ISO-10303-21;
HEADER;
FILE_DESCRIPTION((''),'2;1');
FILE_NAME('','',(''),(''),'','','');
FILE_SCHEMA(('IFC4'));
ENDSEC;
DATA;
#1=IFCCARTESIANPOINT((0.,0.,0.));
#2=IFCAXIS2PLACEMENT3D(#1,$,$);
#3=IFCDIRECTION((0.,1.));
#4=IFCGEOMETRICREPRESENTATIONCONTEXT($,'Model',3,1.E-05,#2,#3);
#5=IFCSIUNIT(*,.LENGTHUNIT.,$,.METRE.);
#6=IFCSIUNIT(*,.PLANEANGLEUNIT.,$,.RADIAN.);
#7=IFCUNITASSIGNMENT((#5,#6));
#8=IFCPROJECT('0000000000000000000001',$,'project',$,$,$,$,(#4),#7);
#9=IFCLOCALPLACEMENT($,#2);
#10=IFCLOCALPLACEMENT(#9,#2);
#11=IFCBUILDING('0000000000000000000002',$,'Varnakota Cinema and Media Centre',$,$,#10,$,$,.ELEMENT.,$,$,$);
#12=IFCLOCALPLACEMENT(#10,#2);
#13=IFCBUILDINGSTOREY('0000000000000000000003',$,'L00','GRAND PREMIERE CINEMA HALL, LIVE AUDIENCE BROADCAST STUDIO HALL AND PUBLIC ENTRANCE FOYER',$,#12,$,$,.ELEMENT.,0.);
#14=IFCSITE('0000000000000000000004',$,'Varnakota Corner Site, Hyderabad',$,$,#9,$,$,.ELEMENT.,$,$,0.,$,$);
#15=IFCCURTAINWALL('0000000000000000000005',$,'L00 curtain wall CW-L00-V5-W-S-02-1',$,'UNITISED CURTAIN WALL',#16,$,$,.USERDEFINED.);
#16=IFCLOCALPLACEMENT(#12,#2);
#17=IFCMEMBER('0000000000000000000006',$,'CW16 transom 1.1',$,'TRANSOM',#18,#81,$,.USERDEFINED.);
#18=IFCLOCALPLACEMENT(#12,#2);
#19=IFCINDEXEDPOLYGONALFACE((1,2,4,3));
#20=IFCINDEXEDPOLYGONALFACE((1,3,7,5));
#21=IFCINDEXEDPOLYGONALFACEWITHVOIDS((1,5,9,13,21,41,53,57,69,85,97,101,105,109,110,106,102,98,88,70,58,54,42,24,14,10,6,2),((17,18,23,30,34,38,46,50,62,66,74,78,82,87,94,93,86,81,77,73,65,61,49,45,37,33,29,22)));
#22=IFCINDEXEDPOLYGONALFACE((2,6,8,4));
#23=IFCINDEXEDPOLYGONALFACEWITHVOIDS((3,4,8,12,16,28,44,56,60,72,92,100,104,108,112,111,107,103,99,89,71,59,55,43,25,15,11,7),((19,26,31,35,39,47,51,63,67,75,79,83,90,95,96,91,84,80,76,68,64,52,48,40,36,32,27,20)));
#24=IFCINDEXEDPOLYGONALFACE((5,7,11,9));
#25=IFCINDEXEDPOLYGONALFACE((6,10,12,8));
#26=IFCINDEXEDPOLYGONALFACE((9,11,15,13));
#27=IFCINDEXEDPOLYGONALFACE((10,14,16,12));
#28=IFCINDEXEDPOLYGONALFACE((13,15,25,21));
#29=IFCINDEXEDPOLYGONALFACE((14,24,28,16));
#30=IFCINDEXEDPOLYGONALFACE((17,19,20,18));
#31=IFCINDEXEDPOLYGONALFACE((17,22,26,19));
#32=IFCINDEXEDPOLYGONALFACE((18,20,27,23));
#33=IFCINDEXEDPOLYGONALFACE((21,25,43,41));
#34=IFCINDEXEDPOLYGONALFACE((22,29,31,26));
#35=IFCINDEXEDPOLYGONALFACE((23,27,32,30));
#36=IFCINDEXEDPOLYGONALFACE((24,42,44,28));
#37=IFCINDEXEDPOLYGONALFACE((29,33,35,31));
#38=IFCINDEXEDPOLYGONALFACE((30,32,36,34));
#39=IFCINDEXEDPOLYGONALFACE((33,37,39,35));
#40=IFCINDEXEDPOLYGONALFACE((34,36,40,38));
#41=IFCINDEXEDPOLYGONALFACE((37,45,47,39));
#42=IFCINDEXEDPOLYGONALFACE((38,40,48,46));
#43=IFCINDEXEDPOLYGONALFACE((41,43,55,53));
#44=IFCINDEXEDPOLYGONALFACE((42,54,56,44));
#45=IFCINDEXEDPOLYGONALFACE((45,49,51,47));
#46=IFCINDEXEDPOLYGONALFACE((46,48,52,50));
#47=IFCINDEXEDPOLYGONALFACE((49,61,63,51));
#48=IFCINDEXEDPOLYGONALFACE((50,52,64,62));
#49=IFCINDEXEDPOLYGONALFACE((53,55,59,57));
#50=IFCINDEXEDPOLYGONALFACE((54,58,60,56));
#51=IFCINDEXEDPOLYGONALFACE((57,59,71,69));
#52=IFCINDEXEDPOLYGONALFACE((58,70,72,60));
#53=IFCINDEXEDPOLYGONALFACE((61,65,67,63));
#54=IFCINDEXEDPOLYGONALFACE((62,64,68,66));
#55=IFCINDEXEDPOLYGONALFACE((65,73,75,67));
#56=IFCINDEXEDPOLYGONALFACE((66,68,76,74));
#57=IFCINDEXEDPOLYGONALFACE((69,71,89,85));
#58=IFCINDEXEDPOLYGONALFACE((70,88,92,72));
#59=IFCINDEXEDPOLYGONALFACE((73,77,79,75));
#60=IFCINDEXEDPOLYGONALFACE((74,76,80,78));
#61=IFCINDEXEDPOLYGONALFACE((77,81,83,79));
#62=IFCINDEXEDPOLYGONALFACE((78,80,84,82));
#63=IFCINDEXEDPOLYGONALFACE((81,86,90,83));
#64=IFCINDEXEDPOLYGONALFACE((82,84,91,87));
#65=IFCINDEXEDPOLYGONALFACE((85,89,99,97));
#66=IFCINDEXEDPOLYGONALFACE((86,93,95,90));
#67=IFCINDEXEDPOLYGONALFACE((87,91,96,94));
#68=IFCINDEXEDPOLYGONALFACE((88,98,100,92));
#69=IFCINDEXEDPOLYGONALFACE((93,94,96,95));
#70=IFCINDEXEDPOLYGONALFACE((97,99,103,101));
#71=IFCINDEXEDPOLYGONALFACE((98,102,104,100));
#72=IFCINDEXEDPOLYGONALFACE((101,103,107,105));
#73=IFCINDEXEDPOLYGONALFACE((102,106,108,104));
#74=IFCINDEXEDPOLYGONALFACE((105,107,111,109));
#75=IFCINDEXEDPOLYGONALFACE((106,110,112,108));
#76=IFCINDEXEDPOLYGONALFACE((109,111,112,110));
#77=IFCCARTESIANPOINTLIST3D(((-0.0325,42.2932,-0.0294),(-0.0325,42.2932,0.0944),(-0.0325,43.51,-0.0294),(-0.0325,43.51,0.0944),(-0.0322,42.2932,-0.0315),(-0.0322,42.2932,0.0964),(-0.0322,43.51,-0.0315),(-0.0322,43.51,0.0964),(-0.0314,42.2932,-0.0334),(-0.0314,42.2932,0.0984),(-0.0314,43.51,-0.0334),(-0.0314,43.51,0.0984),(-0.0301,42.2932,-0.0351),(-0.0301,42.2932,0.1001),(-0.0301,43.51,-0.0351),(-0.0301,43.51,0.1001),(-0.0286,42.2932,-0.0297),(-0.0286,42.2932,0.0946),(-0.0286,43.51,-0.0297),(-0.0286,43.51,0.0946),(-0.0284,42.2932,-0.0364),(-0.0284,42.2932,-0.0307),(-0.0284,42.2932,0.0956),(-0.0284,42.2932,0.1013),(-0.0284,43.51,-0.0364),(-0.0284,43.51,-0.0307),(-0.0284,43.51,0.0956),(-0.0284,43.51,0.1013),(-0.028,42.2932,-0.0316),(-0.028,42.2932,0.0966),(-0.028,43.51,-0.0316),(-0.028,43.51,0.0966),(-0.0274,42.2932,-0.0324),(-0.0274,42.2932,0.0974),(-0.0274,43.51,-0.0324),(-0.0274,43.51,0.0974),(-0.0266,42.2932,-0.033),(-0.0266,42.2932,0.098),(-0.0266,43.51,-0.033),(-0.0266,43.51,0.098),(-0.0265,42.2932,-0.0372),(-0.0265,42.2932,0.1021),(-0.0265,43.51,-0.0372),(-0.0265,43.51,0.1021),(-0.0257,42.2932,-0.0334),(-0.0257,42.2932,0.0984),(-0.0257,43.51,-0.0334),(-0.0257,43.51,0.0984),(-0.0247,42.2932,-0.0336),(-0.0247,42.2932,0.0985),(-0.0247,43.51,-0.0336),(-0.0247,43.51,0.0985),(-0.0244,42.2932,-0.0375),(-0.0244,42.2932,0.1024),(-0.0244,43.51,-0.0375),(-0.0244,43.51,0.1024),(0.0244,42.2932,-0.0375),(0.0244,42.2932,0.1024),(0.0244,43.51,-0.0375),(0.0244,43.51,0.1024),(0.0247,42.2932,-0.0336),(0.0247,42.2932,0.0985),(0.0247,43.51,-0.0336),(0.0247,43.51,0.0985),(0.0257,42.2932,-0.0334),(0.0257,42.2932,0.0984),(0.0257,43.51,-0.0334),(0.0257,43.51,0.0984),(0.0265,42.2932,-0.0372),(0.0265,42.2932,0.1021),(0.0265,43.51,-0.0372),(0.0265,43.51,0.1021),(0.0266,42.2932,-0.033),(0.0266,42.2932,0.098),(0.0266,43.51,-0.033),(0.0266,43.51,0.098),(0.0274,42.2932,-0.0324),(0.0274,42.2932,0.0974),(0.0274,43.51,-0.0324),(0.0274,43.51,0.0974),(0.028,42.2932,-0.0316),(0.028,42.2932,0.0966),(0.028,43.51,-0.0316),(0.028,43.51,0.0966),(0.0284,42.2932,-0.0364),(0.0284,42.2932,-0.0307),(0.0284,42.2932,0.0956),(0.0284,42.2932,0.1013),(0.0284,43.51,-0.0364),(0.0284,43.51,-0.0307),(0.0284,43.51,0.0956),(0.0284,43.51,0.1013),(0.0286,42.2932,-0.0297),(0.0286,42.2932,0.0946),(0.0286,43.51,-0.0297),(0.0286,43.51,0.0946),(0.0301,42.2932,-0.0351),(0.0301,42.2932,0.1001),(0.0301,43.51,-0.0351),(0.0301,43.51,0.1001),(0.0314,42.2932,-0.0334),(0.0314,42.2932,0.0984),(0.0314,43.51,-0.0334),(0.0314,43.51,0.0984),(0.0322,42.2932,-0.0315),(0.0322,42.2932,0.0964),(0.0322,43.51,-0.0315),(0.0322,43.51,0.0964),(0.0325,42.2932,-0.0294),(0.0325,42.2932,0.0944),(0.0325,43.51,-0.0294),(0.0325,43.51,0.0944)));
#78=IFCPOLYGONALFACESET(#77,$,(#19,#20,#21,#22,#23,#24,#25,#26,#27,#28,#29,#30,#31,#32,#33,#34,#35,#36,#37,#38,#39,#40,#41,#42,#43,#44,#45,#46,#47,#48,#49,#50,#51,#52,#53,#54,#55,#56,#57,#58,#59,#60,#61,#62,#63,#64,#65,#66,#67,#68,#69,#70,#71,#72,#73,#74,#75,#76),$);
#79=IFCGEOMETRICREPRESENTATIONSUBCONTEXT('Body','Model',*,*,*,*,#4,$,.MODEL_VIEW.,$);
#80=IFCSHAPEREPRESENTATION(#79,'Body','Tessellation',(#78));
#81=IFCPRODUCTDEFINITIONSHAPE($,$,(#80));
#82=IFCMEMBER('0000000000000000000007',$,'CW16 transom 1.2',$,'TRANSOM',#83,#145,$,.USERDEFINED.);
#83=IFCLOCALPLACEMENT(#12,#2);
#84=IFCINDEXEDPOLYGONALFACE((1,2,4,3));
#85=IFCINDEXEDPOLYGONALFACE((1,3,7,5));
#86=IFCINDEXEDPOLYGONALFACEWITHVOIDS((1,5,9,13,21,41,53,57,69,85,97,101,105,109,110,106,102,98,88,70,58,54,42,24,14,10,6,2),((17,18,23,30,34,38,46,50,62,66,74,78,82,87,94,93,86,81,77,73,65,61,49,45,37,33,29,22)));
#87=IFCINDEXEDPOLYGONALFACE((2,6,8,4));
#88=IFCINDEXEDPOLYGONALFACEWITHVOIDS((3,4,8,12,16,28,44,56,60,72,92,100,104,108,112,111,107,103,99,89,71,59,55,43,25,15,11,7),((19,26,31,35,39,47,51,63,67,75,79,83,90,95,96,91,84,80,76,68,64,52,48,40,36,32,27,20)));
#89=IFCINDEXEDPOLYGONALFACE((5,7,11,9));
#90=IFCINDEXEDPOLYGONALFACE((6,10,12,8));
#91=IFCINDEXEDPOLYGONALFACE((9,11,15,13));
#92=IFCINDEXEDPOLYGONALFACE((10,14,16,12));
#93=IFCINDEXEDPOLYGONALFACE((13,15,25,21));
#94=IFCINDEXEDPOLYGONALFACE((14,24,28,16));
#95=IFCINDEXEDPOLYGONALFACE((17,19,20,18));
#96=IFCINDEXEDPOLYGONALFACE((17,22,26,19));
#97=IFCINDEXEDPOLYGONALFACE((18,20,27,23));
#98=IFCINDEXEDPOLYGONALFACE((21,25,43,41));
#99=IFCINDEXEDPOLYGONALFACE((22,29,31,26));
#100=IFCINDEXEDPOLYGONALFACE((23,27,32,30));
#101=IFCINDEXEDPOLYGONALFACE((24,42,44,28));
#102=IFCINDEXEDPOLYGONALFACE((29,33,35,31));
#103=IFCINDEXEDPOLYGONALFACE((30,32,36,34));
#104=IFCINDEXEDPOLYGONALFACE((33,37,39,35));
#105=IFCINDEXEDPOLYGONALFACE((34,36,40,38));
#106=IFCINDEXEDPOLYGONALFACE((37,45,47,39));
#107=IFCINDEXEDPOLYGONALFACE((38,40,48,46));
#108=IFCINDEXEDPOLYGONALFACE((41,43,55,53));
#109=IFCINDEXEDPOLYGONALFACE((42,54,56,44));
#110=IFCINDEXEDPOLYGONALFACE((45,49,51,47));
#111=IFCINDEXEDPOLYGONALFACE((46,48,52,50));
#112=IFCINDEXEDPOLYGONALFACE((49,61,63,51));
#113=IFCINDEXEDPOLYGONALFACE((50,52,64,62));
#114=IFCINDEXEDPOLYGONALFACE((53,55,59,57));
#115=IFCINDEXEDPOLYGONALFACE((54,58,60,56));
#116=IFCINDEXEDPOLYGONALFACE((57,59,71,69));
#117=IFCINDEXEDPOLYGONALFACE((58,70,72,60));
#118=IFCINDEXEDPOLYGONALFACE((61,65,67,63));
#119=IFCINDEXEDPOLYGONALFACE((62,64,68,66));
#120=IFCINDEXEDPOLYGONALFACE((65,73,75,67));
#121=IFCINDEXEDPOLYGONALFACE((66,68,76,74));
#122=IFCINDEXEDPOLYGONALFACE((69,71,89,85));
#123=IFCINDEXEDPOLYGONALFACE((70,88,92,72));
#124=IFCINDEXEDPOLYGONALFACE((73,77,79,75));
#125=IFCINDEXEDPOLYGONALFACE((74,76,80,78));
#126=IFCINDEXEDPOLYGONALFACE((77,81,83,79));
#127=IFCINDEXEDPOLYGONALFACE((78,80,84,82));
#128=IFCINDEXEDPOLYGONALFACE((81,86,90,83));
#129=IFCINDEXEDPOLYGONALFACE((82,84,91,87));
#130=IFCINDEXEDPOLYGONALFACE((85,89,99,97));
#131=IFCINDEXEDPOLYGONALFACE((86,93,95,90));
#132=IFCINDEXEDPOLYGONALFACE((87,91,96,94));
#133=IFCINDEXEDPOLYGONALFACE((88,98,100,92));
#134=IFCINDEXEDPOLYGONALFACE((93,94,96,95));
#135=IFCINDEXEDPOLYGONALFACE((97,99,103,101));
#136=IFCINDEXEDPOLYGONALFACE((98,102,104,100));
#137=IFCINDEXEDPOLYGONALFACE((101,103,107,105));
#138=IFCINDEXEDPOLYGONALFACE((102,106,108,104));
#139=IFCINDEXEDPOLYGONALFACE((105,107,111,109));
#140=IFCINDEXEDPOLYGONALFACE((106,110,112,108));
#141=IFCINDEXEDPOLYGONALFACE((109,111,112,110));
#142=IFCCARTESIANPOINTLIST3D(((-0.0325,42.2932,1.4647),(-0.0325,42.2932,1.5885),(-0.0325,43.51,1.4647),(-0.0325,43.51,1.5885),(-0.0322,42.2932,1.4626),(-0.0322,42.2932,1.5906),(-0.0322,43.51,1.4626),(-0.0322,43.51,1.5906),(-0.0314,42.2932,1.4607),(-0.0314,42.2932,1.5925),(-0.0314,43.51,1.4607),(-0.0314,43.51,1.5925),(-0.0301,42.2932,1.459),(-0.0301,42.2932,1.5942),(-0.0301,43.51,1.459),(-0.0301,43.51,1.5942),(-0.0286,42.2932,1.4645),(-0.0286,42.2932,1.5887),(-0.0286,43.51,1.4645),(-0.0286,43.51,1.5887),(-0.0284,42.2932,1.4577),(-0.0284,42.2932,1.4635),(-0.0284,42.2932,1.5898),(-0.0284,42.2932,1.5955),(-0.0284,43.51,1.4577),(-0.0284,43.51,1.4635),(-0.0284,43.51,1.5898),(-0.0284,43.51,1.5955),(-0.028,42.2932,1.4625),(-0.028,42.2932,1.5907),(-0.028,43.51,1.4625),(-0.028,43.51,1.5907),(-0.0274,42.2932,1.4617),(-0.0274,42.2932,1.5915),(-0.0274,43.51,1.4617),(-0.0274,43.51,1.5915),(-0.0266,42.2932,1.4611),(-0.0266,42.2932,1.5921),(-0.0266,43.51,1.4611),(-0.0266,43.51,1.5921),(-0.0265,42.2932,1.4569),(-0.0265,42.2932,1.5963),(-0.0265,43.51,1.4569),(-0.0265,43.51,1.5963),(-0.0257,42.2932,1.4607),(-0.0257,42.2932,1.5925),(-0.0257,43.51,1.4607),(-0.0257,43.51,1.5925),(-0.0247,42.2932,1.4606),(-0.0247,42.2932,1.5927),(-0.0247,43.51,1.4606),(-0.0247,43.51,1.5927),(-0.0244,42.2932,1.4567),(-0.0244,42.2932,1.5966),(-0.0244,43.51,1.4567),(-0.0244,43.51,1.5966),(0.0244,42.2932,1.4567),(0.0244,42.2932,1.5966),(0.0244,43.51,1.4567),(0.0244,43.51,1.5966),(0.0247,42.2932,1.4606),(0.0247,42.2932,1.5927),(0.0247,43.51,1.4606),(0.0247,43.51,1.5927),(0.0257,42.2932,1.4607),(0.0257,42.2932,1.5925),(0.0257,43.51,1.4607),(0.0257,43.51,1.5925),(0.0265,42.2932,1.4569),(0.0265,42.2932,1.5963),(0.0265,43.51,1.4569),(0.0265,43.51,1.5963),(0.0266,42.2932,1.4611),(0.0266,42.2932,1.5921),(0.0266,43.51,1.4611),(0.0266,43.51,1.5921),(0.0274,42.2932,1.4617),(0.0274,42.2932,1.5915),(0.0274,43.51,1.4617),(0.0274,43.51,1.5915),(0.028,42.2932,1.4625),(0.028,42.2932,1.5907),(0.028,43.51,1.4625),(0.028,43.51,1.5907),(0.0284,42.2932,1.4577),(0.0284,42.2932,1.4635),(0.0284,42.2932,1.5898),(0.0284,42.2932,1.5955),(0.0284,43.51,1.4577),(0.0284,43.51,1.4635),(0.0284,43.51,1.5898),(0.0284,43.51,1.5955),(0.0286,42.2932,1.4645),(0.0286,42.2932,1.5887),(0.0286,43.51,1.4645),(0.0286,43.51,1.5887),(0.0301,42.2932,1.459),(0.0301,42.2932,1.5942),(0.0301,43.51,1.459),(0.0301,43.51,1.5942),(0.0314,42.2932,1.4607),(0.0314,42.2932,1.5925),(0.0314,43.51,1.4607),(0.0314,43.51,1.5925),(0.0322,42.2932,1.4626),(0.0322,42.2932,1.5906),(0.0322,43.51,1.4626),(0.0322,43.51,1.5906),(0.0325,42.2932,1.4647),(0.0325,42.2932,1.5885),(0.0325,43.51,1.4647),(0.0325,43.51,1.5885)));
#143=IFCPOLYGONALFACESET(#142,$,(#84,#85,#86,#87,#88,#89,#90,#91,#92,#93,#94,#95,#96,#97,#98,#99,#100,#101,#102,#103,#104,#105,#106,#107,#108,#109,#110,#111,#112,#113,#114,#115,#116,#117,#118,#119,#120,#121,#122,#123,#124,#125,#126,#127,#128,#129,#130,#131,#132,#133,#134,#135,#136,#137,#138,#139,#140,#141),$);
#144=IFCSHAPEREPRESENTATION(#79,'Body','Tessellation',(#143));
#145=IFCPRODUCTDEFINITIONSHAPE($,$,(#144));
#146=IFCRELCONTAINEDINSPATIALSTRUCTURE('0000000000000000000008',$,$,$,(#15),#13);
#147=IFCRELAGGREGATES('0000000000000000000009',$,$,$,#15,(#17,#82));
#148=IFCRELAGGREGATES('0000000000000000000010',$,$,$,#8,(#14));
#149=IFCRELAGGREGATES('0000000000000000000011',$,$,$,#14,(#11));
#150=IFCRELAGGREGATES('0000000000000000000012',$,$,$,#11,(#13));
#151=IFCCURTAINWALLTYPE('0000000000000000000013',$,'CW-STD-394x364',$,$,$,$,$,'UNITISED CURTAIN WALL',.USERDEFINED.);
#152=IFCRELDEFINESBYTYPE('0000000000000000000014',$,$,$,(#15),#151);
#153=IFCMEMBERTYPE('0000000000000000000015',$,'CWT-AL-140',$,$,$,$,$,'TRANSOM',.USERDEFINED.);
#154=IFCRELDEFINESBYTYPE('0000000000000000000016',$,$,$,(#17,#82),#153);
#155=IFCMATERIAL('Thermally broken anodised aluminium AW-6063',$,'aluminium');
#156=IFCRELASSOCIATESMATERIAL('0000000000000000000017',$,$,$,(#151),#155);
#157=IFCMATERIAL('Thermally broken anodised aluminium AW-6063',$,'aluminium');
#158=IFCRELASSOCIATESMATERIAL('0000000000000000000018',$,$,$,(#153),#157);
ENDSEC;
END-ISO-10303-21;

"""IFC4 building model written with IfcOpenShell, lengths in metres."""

from ifc_helpers import new_model, si_unit, direction, frame, origin, origin_2d, place, context, subcontext, project, spatial, hollow_rectangle, extrude, material, material_profile, profile_set, type_object, element, aggregate, save


model = new_model("IFC4")

# Units and contexts
model_context = context("Model", 3, precision=1e-05, world=origin(), true_north=direction((0.0, 1.0)))
body_context = subcontext(model_context, "Body", "Model", "MODEL_VIEW")
ifc_project = project(units=[si_unit("LENGTHUNIT", "METRE"), si_unit("PLANEANGLEUNIT", "RADIAN")], contexts=[model_context])

# Site, building, storey
site_placement = place(None, origin())
site = spatial("IfcSite", under=ifc_project, at=site_placement, Name="Varnakota Corner Site, Hyderabad", CompositionType="ELEMENT", RefElevation=0.0)
building_placement = place(site_placement, origin())
building = spatial("IfcBuilding", under=site, at=building_placement, Name="Varnakota Cinema and Media Centre", CompositionType="ELEMENT")
storey_placement = place(building_placement, origin())
storey = spatial("IfcBuildingStorey", under=building, at=storey_placement, Name="L00", Description="GRAND PREMIERE CINEMA HALL, LIVE AUDIENCE BROADCAST STUDIO HALL AND PUBLIC ENTRANCE FOYER", CompositionType="ELEMENT", Elevation=0.0)

# Curtain wall, members
ifc_material_1 = material(Name="Thermally broken anodised aluminium AW-6063", Category="aluminium")
curtain_wall_type = type_object("IfcCurtainWallType", Name="CW-STD-394x364", ElementType="UNITISED CURTAIN WALL", PredefinedType="USERDEFINED", material=ifc_material_1)
curtain_wall_placement = place(storey_placement, origin())
curtain_wall = element("IfcCurtainWall", 1, at=curtain_wall_placement, inside=storey, type_object=curtain_wall_type, Name="L00 curtain wall CW-L00-V5-W-S-02-1", ObjectType="UNITISED CURTAIN WALL", PredefinedType="USERDEFINED")
ifc_material_2 = material(Name="Thermally broken anodised aluminium AW-6063", Category="aluminium")
ifc_material_profile_1 = material_profile(ifc_material_2, hollow_rectangle(XDim=0.0649, YDim=0.1399, WallThickness=0.0039, InnerFilletRadius=0.0039, OuterFilletRadius=0.0081, at=origin_2d()), Name="AL-TRANSOM 140x65x4")
ifc_profile_set_1 = profile_set([ifc_material_profile_1], Name="Thermally broken anodised aluminium AW-6063")
member_type_1 = type_object("IfcMemberType", Name="CWT-AL-140", ElementType="TRANSOM", PredefinedType="USERDEFINED", material=ifc_profile_set_1)
member_1_placement = place(storey_placement, frame((0.0, 43.51, 0.0325), z_axis=(0.0, -1.0, 0.0), x_axis=(1.0, 0.0, 0.0)))
member_1 = element("IfcMember", 2, at=member_1_placement, type_object=member_type_1, Name="CW16 transom 1.1", ObjectType="TRANSOM", PredefinedType="USERDEFINED", context=body_context, shape_type="SweptSolid", body=[
    extrude(hollow_rectangle(XDim=0.0649, YDim=0.1399, WallThickness=0.0039, InnerFilletRadius=0.0039, OuterFilletRadius=0.0081, at=origin_2d()), origin(), (0.0, 0.0, 1.0), 1.2168),
])
member_2_placement = place(storey_placement, frame((0.0, 43.51, 1.5266), z_axis=(0.0, -1.0, 0.0), x_axis=(1.0, 0.0, 0.0)))
member_2 = element("IfcMember", 3, at=member_2_placement, type_object=member_type_1, Name="CW16 transom 1.2", ObjectType="TRANSOM", PredefinedType="USERDEFINED", context=body_context, shape_type="SweptSolid", body=[
    extrude(hollow_rectangle(XDim=0.0649, YDim=0.1399, WallThickness=0.0039, InnerFilletRadius=0.0039, OuterFilletRadius=0.0081, at=origin_2d()), origin(), (0.0, 0.0, 1.0), 1.2168),
])
aggregate(curtain_wall, [member_1, member_2])

save(model, "model.ifc")
